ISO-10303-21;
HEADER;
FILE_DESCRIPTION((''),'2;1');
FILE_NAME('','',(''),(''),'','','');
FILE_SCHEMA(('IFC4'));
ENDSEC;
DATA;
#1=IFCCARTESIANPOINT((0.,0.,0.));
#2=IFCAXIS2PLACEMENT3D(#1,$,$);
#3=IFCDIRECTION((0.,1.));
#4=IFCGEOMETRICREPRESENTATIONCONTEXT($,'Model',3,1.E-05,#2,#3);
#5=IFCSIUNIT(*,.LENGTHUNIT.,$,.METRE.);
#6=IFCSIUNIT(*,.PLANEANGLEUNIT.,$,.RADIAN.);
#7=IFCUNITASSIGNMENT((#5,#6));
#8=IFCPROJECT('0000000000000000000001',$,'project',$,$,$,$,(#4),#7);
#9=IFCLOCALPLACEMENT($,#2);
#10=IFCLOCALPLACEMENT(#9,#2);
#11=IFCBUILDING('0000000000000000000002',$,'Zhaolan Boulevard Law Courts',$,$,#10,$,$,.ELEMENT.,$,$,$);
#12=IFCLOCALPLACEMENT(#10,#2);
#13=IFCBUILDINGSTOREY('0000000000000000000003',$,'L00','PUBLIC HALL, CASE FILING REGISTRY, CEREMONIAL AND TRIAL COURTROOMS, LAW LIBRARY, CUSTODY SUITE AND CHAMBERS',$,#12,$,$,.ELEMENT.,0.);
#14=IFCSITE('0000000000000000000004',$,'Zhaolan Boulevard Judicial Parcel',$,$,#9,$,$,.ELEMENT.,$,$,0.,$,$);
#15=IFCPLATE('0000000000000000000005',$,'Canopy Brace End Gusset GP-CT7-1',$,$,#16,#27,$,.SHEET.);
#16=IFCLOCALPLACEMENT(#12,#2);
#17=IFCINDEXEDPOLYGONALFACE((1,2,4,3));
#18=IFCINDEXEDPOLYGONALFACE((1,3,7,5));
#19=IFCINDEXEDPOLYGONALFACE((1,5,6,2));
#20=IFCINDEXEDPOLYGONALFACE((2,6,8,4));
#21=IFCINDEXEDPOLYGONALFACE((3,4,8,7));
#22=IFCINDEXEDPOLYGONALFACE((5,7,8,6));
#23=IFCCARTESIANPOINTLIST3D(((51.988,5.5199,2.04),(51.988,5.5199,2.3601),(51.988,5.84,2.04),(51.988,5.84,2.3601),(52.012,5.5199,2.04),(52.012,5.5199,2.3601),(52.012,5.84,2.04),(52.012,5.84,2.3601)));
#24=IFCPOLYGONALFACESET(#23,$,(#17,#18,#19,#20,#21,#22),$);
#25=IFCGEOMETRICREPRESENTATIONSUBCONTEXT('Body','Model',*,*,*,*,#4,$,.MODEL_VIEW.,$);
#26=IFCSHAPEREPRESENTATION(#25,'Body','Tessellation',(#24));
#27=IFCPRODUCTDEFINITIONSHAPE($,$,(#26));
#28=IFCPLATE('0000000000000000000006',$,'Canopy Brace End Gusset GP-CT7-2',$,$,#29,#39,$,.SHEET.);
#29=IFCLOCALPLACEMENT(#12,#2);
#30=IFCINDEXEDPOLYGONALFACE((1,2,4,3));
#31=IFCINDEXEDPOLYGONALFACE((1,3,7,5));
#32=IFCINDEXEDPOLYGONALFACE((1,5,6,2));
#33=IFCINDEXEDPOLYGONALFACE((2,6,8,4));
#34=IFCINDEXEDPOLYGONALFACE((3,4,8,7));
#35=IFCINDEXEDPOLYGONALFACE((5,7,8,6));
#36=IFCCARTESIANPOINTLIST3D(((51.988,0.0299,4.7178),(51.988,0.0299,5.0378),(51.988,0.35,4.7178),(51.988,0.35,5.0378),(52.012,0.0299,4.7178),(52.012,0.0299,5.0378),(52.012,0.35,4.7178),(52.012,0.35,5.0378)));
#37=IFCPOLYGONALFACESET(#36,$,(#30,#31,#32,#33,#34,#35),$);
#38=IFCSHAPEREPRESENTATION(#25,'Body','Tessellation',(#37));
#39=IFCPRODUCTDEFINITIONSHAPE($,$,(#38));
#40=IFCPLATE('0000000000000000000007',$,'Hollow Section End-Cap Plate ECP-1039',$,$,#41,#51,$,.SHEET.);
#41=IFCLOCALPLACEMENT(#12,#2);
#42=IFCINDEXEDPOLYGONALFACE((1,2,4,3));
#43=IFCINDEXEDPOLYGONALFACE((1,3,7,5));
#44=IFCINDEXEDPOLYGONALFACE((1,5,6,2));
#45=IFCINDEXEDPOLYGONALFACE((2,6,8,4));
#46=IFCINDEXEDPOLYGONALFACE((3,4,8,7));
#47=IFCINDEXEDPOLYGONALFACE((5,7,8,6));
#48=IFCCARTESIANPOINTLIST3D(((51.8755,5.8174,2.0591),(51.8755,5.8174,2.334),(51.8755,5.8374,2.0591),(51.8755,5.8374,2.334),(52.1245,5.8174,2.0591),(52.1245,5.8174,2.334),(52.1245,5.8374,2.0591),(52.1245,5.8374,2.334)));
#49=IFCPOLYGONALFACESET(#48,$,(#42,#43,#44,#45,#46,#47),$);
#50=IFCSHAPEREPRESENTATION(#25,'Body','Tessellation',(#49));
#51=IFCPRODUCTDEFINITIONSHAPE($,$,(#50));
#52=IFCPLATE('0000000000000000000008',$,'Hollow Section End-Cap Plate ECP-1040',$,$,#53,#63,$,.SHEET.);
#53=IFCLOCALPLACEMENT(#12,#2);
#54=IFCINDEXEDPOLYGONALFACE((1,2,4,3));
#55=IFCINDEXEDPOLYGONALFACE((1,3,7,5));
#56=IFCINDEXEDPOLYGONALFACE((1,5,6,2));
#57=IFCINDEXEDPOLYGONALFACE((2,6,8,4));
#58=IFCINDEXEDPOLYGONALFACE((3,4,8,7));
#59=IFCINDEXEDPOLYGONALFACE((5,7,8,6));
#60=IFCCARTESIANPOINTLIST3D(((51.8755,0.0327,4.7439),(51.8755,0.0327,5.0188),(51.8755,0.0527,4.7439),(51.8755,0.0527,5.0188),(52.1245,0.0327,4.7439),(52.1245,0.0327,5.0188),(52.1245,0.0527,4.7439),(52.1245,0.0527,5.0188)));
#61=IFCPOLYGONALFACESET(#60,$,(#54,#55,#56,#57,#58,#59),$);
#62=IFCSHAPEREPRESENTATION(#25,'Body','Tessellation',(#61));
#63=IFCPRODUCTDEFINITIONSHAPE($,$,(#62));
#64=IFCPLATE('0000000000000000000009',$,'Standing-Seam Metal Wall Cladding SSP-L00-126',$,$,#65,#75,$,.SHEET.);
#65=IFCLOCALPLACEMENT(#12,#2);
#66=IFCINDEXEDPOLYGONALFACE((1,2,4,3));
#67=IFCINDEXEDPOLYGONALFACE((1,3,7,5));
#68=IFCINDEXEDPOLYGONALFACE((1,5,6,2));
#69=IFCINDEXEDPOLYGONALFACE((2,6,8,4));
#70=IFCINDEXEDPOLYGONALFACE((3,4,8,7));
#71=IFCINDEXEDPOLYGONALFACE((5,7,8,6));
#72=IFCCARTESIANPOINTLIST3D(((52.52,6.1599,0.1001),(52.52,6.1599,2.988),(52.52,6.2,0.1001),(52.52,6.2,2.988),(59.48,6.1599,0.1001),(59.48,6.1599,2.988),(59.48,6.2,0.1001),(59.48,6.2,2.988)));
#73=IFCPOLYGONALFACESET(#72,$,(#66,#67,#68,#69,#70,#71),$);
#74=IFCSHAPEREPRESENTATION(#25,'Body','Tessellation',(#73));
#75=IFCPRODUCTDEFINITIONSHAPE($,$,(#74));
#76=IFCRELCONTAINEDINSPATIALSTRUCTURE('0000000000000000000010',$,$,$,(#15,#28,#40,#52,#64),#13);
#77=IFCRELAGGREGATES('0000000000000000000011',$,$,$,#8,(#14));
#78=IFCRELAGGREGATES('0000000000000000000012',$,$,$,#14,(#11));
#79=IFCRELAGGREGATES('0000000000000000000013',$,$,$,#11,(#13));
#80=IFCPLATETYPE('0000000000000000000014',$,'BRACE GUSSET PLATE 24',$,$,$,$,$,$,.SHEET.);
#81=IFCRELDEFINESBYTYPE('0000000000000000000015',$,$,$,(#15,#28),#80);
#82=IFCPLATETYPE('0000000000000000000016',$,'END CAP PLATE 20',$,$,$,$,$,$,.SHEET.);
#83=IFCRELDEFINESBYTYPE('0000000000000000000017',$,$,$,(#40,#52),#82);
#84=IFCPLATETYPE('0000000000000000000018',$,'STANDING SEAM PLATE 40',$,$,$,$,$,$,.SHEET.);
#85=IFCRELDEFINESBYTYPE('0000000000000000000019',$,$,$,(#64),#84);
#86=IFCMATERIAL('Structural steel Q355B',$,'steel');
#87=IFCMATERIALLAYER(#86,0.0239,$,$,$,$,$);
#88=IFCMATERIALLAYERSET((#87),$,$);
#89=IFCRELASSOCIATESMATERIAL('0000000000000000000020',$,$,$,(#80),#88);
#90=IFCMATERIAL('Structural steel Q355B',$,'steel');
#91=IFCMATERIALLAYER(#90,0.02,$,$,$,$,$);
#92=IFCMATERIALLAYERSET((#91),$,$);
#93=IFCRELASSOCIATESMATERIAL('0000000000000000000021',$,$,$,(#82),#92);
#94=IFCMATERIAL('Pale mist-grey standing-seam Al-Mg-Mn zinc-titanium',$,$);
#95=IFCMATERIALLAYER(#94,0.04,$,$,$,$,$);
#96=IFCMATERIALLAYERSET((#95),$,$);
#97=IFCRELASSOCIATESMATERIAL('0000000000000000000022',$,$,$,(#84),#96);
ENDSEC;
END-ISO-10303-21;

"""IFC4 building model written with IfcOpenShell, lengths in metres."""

from ifc_helpers import new_model, si_unit, direction, frame, origin, origin_2d, place, context, subcontext, project, spatial, rectangle, extrude, material, layer, layer_set, type_object, element, save


model = new_model("IFC4")

# Units and contexts
model_context = context("Model", 3, precision=1e-05, world=origin(), true_north=direction((0.0, 1.0)))
body_context = subcontext(model_context, "Body", "Model", "MODEL_VIEW")
ifc_project = project(units=[si_unit("LENGTHUNIT", "METRE"), si_unit("PLANEANGLEUNIT", "RADIAN")], contexts=[model_context])

# Site, building, storey
site_placement = place(None, origin())
site = spatial("IfcSite", under=ifc_project, at=site_placement, Name="Zhaolan Boulevard Judicial Parcel", CompositionType="ELEMENT", RefElevation=0.0)
building_placement = place(site_placement, origin())
building = spatial("IfcBuilding", under=site, at=building_placement, Name="Zhaolan Boulevard Law Courts", CompositionType="ELEMENT")
storey_placement = place(building_placement, origin())
storey = spatial("IfcBuildingStorey", under=building, at=storey_placement, Name="L00", Description="PUBLIC HALL, CASE FILING REGISTRY, CEREMONIAL AND TRIAL COURTROOMS, LAW LIBRARY, CUSTODY SUITE AND CHAMBERS", CompositionType="ELEMENT", Elevation=0.0)

# Plates
ifc_material_1 = material(Name="Structural steel Q355B", Category="steel")
ifc_layer_1 = layer(ifc_material_1, 0.0239)
ifc_layer_set_1 = layer_set([ifc_layer_1])
plate_type_1 = type_object("IfcPlateType", Name="BRACE GUSSET PLATE 24", PredefinedType="SHEET", material=ifc_layer_set_1)
for number, where, z_axis, x_axis, name in (
    (1, (52.0, 5.6799, 2.04), (0.0, 0.0, 1.0), (1.0, 0.0, 0.0), "Canopy Brace End Gusset GP-CT7-1"),
    (2, (52.0, 0.1899, 4.7178), (0.0, 0.0, 1.0), (1.0, 0.0, 0.0), "Canopy Brace End Gusset GP-CT7-2"),
):
    element("IfcPlate", number, at=place(storey_placement, frame(where, z_axis=z_axis, x_axis=x_axis)), inside=storey, type_object=plate_type_1, Name=name, PredefinedType="SHEET", context=body_context, shape_type="SweptSolid", body=[
        extrude(rectangle(XDim=0.0239, YDim=0.3201, at=origin_2d()), origin(), (0.0, 0.0, 1.0), 0.3201),
    ])
ifc_material_2 = material(Name="Structural steel Q355B", Category="steel")
ifc_layer_2 = layer(ifc_material_2, 0.02)
ifc_layer_set_2 = layer_set([ifc_layer_2])
plate_type_2 = type_object("IfcPlateType", Name="END CAP PLATE 20", PredefinedType="SHEET", material=ifc_layer_set_2)
for number, where, z_axis, x_axis, name in (
    (3, (52.0, 5.8274, 2.0591), (0.0, 0.0, 1.0), (0.0, -1.0, 0.0), "Hollow Section End-Cap Plate ECP-1039"),
    (4, (52.0, 0.0427, 4.7439), (0.0, 0.0, 1.0), (0.0, -1.0, 0.0), "Hollow Section End-Cap Plate ECP-1040"),
):
    element("IfcPlate", number, at=place(storey_placement, frame(where, z_axis=z_axis, x_axis=x_axis)), inside=storey, type_object=plate_type_2, Name=name, PredefinedType="SHEET", context=body_context, shape_type="SweptSolid", body=[
        extrude(rectangle(XDim=0.02, YDim=0.249, at=origin_2d()), origin(), (0.0, 0.0, 1.0), 0.2749),
    ])
ifc_material_3 = material(Name="Pale mist-grey standing-seam Al-Mg-Mn zinc-titanium")
ifc_layer_3 = layer(ifc_material_3, 0.04)
ifc_layer_set_3 = layer_set([ifc_layer_3])
plate_type_3 = type_object("IfcPlateType", Name="STANDING SEAM PLATE 40", PredefinedType="SHEET", material=ifc_layer_set_3)
plate_placement = place(storey_placement, frame((56.0, 6.1799, 0.1001), z_axis=(0.0, 0.0, 1.0), x_axis=(1.0, 0.0, 0.0)))
element("IfcPlate", 5, at=plate_placement, inside=storey, type_object=plate_type_3, Name="Standing-Seam Metal Wall Cladding SSP-L00-126", PredefinedType="SHEET", context=body_context, shape_type="SweptSolid", body=[
    extrude(rectangle(XDim=6.96, YDim=0.04, at=origin_2d()), origin(), (0.0, 0.0, 1.0), 2.8879),
])

save(model, "model.ifc")
